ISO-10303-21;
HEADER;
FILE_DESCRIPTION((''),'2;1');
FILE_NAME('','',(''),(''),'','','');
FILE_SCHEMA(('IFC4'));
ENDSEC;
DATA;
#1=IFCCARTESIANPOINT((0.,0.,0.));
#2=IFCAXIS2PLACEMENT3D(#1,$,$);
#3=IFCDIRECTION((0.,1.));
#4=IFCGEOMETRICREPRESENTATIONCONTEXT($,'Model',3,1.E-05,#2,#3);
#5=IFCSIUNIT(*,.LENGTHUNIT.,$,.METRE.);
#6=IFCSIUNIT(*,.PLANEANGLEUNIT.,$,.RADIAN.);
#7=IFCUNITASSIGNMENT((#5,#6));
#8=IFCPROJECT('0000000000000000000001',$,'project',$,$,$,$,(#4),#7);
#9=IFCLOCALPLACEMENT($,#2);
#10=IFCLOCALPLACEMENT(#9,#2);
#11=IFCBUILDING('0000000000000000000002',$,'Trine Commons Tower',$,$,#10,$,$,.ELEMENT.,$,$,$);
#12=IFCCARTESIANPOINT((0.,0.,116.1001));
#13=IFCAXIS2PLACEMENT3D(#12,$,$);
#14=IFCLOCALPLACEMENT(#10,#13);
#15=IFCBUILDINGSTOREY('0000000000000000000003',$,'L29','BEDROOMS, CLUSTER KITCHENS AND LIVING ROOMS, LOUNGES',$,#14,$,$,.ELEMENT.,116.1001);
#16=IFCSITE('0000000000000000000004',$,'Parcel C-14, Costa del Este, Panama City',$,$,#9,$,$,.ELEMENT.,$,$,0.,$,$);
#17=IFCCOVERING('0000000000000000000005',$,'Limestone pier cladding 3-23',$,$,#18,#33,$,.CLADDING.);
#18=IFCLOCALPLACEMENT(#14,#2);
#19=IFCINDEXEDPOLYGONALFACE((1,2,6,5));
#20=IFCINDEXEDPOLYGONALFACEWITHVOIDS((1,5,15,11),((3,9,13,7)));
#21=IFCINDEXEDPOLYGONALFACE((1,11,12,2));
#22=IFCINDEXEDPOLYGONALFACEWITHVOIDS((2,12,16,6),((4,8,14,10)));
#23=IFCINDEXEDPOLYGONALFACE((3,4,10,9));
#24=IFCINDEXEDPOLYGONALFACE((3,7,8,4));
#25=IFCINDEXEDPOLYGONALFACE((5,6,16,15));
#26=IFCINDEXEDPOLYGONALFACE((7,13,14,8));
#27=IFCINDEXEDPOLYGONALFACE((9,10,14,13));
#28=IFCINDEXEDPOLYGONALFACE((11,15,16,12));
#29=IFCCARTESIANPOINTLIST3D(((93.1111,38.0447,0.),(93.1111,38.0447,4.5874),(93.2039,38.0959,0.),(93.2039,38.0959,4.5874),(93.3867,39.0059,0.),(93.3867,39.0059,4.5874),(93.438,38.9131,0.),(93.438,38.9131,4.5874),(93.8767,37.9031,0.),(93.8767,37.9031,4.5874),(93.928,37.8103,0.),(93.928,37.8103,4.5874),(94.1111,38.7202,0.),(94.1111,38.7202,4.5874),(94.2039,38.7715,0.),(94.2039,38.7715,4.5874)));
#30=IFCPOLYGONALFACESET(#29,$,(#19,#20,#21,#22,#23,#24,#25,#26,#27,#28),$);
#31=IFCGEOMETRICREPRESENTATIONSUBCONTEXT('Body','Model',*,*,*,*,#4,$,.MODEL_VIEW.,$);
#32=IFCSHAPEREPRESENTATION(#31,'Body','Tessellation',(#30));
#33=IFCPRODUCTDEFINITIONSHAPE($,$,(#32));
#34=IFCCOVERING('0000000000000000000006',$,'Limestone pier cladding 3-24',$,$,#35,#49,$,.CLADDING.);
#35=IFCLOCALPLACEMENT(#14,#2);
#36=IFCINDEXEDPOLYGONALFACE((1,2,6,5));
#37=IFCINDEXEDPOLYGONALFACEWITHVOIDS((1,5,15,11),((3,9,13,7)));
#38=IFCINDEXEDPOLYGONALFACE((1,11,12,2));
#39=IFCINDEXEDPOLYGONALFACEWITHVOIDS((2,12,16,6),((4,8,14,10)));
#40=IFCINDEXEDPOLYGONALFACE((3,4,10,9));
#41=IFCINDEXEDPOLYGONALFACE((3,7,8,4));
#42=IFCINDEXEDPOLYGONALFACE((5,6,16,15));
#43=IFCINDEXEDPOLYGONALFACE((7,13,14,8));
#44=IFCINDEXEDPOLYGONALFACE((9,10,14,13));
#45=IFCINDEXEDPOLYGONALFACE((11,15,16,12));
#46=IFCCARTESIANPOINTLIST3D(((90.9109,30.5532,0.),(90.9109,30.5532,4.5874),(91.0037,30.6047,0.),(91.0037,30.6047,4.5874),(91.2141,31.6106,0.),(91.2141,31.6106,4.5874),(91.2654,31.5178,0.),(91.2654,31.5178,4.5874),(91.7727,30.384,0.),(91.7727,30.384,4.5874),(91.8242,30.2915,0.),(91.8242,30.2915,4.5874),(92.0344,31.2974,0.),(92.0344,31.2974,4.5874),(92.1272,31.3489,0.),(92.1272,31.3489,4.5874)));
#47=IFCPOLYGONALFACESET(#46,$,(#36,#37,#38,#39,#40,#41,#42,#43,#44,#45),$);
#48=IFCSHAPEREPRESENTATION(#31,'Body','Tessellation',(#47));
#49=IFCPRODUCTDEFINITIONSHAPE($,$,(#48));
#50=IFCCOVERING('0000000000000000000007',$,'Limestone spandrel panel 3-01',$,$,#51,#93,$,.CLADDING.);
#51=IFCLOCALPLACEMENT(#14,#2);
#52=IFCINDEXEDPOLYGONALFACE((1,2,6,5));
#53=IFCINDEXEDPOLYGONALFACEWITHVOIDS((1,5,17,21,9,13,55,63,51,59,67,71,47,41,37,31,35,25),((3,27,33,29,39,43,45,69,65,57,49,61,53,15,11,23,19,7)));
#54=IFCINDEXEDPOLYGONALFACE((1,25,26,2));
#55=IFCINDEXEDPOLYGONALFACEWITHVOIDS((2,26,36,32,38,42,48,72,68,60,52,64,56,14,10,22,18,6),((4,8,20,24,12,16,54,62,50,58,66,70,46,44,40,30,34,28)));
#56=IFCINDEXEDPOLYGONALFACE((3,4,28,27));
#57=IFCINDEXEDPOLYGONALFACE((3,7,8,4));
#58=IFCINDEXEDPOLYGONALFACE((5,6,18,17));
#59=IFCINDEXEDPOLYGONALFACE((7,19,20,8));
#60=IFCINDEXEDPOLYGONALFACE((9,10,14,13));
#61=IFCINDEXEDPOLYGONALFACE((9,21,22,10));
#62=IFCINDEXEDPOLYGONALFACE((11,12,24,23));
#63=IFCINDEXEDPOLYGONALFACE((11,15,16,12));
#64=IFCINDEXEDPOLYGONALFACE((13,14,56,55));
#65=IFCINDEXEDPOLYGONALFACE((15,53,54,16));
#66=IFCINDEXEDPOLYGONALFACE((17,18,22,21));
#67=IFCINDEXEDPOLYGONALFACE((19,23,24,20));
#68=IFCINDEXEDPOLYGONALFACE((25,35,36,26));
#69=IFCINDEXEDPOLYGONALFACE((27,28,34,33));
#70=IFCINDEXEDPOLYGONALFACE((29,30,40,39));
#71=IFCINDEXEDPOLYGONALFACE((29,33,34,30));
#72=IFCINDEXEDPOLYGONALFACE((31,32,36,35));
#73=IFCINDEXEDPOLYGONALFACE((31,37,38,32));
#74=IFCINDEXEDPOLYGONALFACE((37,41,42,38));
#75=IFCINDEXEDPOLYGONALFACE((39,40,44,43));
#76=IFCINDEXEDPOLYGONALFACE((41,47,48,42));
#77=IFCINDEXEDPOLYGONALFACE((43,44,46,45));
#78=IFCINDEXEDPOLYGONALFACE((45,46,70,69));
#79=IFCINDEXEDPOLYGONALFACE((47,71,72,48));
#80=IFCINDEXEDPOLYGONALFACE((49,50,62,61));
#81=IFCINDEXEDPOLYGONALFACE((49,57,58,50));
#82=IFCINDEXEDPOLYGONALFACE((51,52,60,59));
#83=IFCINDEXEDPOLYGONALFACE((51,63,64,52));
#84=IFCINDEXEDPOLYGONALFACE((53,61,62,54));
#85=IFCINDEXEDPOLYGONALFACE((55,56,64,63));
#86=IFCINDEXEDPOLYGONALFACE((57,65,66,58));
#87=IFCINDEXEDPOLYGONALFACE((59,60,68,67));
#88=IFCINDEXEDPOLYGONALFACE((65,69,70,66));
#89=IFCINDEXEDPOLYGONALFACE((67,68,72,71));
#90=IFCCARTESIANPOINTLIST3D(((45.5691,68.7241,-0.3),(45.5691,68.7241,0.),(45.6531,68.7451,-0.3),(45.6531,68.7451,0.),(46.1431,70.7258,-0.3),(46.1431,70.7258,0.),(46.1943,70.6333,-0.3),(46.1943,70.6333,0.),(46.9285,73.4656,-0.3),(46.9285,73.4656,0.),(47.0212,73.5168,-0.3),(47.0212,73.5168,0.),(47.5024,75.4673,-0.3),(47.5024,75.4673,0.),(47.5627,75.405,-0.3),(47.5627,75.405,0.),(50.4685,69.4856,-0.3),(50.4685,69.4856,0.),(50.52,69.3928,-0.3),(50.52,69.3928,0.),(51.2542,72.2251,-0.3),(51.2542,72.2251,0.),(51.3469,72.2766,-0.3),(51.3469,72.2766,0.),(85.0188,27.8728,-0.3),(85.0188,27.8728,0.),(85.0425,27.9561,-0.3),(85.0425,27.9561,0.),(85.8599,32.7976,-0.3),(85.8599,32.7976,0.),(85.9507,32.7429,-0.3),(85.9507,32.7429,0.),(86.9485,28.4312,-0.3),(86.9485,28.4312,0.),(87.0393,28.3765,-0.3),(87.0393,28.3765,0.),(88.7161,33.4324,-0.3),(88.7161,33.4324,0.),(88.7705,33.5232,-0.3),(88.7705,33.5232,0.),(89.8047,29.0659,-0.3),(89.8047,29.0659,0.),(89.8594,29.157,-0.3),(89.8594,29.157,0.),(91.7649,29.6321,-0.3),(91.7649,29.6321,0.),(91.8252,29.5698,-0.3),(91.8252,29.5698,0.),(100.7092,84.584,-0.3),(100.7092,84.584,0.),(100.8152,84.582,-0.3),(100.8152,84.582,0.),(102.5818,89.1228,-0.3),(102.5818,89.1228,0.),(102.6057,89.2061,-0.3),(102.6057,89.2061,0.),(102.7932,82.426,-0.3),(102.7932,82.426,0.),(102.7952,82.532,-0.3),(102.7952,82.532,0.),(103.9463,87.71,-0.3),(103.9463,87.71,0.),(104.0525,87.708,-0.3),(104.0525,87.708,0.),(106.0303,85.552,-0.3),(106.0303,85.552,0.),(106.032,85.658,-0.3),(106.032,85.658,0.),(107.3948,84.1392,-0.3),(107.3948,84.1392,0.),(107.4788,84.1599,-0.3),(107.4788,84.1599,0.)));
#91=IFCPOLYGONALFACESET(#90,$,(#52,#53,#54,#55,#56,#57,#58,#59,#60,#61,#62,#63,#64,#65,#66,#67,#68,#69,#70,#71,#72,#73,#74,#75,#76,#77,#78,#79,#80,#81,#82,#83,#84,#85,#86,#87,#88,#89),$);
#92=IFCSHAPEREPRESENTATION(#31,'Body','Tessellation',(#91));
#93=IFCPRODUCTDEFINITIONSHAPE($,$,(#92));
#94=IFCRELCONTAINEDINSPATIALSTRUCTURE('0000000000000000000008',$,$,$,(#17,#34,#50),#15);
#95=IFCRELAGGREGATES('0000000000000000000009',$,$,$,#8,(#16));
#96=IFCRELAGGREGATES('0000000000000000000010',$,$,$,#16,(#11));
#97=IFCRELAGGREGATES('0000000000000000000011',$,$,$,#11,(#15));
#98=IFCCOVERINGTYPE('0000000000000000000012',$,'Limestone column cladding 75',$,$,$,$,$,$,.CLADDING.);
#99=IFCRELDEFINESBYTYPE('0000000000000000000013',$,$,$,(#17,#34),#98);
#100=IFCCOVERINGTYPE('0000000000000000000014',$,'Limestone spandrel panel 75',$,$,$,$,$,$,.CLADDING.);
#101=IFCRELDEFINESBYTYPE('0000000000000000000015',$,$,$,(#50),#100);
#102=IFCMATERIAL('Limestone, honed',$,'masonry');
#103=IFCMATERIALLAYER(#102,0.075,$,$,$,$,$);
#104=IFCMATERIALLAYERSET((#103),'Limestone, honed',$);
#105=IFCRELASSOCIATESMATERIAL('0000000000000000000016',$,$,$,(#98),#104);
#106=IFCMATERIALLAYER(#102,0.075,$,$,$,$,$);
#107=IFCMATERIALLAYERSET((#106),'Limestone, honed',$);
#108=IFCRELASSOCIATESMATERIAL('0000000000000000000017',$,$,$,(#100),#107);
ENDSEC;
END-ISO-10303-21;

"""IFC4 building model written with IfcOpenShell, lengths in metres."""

from ifc_helpers import new_model, si_unit, direction, frame, origin, place, context, subcontext, project, spatial, polyline, outline, extrude, material, layer, layer_set, type_object, element, save


model = new_model("IFC4")

# Units and contexts
model_context = context("Model", 3, precision=1e-05, world=origin(), true_north=direction((0.0, 1.0)))
body_context = subcontext(model_context, "Body", "Model", "MODEL_VIEW")
ifc_project = project(units=[si_unit("LENGTHUNIT", "METRE"), si_unit("PLANEANGLEUNIT", "RADIAN")], contexts=[model_context])

# Site, building, storey
site_placement = place(None, origin())
site = spatial("IfcSite", under=ifc_project, at=site_placement, Name="Parcel C-14, Costa del Este, Panama City", CompositionType="ELEMENT", RefElevation=0.0)
building_placement = place(site_placement, origin())
building = spatial("IfcBuilding", under=site, at=building_placement, Name="Trine Commons Tower", CompositionType="ELEMENT")
storey_placement = place(building_placement, frame((0.0, 0.0, 116.1001)))
storey = spatial("IfcBuildingStorey", under=building, at=storey_placement, Name="L29", Description="BEDROOMS, CLUSTER KITCHENS AND LIVING ROOMS, LOUNGES", CompositionType="ELEMENT", Elevation=116.1001)

# Coverings
ifc_material_1 = material(Name="Limestone, honed", Category="masonry")
ifc_layer_1 = layer(ifc_material_1, 0.075)
ifc_layer_set_1 = layer_set([ifc_layer_1], Name="Limestone, honed")
covering_type_1 = type_object("IfcCoveringType", Name="Limestone column cladding 75", PredefinedType="CLADDING", material=ifc_layer_set_1)
covering_1_placement = place(storey_placement, origin())
element("IfcCovering", 1, at=covering_1_placement, inside=storey, type_object=covering_type_1, Name="Limestone pier cladding 3-23", PredefinedType="CLADDING", context=body_context, shape_type="SweptSolid", body=[
    extrude(outline(polyline([(94.2039, 38.7715), (93.3867, 39.0059), (93.1111, 38.0447), (93.928, 37.8103), (94.2039, 38.7715)]), holes=[polyline([(94.1111, 38.7202), (93.438, 38.9131), (93.2039, 38.0959), (93.8767, 37.9031), (94.1111, 38.7202)])]), origin(), (0.0, 0.0, 1.0), 4.5874),
])
covering_2_placement = place(storey_placement, origin())
element("IfcCovering", 2, at=covering_2_placement, inside=storey, type_object=covering_type_1, Name="Limestone pier cladding 3-24", PredefinedType="CLADDING", context=body_context, shape_type="SweptSolid", body=[
    extrude(outline(polyline([(92.1272, 31.3489), (91.2141, 31.6106), (90.9109, 30.5532), (91.8242, 30.2915), (92.1272, 31.3489)]), holes=[polyline([(92.0344, 31.2974), (91.2654, 31.5178), (91.0037, 30.6047), (91.7727, 30.384), (92.0344, 31.2974)])]), origin(), (0.0, 0.0, 1.0), 4.5874),
])
ifc_layer_2 = layer(ifc_material_1, 0.075)
ifc_layer_set_2 = layer_set([ifc_layer_2], Name="Limestone, honed")
covering_type_2 = type_object("IfcCoveringType", Name="Limestone spandrel panel 75", PredefinedType="CLADDING", material=ifc_layer_set_2)
covering_3_placement = place(storey_placement, frame((0.0, 0.0, -0.3)))
element("IfcCovering", 3, at=covering_3_placement, inside=storey, type_object=covering_type_2, Name="Limestone spandrel panel 3-01", PredefinedType="CLADDING", context=body_context, shape_type="SweptSolid", body=[
    extrude(outline(polyline([(88.7161, 33.4324), (89.8047, 29.0659), (91.8252, 29.5698), (107.4788, 84.1599), (106.032, 85.658), (102.7952, 82.532), (100.8152, 84.582), (104.0525, 87.708), (102.6057, 89.2061), (47.5024, 75.4673), (46.9285, 73.4656), (51.2542, 72.2251), (50.4685, 69.4856), (46.1431, 70.7258), (45.5691, 68.7241), (85.0188, 27.8728), (87.0393, 28.3765), (85.9507, 32.7429), (88.7161, 33.4324)]), holes=[polyline([(106.0303, 85.552), (107.3948, 84.1392), (91.7649, 29.6321), (89.8594, 29.157), (88.7705, 33.5232), (85.8599, 32.7976), (86.9485, 28.4312), (85.0425, 27.9561), (45.6531, 68.7451), (46.1943, 70.6333), (50.52, 69.3928), (51.3469, 72.2766), (47.0212, 73.5168), (47.5627, 75.405), (102.5818, 89.1228), (103.9463, 87.71), (100.7092, 84.584), (102.7932, 82.426), (106.0303, 85.552)])]), origin(), (0.0, 0.0, 1.0), 0.3),
])

save(model, "model.ifc")
